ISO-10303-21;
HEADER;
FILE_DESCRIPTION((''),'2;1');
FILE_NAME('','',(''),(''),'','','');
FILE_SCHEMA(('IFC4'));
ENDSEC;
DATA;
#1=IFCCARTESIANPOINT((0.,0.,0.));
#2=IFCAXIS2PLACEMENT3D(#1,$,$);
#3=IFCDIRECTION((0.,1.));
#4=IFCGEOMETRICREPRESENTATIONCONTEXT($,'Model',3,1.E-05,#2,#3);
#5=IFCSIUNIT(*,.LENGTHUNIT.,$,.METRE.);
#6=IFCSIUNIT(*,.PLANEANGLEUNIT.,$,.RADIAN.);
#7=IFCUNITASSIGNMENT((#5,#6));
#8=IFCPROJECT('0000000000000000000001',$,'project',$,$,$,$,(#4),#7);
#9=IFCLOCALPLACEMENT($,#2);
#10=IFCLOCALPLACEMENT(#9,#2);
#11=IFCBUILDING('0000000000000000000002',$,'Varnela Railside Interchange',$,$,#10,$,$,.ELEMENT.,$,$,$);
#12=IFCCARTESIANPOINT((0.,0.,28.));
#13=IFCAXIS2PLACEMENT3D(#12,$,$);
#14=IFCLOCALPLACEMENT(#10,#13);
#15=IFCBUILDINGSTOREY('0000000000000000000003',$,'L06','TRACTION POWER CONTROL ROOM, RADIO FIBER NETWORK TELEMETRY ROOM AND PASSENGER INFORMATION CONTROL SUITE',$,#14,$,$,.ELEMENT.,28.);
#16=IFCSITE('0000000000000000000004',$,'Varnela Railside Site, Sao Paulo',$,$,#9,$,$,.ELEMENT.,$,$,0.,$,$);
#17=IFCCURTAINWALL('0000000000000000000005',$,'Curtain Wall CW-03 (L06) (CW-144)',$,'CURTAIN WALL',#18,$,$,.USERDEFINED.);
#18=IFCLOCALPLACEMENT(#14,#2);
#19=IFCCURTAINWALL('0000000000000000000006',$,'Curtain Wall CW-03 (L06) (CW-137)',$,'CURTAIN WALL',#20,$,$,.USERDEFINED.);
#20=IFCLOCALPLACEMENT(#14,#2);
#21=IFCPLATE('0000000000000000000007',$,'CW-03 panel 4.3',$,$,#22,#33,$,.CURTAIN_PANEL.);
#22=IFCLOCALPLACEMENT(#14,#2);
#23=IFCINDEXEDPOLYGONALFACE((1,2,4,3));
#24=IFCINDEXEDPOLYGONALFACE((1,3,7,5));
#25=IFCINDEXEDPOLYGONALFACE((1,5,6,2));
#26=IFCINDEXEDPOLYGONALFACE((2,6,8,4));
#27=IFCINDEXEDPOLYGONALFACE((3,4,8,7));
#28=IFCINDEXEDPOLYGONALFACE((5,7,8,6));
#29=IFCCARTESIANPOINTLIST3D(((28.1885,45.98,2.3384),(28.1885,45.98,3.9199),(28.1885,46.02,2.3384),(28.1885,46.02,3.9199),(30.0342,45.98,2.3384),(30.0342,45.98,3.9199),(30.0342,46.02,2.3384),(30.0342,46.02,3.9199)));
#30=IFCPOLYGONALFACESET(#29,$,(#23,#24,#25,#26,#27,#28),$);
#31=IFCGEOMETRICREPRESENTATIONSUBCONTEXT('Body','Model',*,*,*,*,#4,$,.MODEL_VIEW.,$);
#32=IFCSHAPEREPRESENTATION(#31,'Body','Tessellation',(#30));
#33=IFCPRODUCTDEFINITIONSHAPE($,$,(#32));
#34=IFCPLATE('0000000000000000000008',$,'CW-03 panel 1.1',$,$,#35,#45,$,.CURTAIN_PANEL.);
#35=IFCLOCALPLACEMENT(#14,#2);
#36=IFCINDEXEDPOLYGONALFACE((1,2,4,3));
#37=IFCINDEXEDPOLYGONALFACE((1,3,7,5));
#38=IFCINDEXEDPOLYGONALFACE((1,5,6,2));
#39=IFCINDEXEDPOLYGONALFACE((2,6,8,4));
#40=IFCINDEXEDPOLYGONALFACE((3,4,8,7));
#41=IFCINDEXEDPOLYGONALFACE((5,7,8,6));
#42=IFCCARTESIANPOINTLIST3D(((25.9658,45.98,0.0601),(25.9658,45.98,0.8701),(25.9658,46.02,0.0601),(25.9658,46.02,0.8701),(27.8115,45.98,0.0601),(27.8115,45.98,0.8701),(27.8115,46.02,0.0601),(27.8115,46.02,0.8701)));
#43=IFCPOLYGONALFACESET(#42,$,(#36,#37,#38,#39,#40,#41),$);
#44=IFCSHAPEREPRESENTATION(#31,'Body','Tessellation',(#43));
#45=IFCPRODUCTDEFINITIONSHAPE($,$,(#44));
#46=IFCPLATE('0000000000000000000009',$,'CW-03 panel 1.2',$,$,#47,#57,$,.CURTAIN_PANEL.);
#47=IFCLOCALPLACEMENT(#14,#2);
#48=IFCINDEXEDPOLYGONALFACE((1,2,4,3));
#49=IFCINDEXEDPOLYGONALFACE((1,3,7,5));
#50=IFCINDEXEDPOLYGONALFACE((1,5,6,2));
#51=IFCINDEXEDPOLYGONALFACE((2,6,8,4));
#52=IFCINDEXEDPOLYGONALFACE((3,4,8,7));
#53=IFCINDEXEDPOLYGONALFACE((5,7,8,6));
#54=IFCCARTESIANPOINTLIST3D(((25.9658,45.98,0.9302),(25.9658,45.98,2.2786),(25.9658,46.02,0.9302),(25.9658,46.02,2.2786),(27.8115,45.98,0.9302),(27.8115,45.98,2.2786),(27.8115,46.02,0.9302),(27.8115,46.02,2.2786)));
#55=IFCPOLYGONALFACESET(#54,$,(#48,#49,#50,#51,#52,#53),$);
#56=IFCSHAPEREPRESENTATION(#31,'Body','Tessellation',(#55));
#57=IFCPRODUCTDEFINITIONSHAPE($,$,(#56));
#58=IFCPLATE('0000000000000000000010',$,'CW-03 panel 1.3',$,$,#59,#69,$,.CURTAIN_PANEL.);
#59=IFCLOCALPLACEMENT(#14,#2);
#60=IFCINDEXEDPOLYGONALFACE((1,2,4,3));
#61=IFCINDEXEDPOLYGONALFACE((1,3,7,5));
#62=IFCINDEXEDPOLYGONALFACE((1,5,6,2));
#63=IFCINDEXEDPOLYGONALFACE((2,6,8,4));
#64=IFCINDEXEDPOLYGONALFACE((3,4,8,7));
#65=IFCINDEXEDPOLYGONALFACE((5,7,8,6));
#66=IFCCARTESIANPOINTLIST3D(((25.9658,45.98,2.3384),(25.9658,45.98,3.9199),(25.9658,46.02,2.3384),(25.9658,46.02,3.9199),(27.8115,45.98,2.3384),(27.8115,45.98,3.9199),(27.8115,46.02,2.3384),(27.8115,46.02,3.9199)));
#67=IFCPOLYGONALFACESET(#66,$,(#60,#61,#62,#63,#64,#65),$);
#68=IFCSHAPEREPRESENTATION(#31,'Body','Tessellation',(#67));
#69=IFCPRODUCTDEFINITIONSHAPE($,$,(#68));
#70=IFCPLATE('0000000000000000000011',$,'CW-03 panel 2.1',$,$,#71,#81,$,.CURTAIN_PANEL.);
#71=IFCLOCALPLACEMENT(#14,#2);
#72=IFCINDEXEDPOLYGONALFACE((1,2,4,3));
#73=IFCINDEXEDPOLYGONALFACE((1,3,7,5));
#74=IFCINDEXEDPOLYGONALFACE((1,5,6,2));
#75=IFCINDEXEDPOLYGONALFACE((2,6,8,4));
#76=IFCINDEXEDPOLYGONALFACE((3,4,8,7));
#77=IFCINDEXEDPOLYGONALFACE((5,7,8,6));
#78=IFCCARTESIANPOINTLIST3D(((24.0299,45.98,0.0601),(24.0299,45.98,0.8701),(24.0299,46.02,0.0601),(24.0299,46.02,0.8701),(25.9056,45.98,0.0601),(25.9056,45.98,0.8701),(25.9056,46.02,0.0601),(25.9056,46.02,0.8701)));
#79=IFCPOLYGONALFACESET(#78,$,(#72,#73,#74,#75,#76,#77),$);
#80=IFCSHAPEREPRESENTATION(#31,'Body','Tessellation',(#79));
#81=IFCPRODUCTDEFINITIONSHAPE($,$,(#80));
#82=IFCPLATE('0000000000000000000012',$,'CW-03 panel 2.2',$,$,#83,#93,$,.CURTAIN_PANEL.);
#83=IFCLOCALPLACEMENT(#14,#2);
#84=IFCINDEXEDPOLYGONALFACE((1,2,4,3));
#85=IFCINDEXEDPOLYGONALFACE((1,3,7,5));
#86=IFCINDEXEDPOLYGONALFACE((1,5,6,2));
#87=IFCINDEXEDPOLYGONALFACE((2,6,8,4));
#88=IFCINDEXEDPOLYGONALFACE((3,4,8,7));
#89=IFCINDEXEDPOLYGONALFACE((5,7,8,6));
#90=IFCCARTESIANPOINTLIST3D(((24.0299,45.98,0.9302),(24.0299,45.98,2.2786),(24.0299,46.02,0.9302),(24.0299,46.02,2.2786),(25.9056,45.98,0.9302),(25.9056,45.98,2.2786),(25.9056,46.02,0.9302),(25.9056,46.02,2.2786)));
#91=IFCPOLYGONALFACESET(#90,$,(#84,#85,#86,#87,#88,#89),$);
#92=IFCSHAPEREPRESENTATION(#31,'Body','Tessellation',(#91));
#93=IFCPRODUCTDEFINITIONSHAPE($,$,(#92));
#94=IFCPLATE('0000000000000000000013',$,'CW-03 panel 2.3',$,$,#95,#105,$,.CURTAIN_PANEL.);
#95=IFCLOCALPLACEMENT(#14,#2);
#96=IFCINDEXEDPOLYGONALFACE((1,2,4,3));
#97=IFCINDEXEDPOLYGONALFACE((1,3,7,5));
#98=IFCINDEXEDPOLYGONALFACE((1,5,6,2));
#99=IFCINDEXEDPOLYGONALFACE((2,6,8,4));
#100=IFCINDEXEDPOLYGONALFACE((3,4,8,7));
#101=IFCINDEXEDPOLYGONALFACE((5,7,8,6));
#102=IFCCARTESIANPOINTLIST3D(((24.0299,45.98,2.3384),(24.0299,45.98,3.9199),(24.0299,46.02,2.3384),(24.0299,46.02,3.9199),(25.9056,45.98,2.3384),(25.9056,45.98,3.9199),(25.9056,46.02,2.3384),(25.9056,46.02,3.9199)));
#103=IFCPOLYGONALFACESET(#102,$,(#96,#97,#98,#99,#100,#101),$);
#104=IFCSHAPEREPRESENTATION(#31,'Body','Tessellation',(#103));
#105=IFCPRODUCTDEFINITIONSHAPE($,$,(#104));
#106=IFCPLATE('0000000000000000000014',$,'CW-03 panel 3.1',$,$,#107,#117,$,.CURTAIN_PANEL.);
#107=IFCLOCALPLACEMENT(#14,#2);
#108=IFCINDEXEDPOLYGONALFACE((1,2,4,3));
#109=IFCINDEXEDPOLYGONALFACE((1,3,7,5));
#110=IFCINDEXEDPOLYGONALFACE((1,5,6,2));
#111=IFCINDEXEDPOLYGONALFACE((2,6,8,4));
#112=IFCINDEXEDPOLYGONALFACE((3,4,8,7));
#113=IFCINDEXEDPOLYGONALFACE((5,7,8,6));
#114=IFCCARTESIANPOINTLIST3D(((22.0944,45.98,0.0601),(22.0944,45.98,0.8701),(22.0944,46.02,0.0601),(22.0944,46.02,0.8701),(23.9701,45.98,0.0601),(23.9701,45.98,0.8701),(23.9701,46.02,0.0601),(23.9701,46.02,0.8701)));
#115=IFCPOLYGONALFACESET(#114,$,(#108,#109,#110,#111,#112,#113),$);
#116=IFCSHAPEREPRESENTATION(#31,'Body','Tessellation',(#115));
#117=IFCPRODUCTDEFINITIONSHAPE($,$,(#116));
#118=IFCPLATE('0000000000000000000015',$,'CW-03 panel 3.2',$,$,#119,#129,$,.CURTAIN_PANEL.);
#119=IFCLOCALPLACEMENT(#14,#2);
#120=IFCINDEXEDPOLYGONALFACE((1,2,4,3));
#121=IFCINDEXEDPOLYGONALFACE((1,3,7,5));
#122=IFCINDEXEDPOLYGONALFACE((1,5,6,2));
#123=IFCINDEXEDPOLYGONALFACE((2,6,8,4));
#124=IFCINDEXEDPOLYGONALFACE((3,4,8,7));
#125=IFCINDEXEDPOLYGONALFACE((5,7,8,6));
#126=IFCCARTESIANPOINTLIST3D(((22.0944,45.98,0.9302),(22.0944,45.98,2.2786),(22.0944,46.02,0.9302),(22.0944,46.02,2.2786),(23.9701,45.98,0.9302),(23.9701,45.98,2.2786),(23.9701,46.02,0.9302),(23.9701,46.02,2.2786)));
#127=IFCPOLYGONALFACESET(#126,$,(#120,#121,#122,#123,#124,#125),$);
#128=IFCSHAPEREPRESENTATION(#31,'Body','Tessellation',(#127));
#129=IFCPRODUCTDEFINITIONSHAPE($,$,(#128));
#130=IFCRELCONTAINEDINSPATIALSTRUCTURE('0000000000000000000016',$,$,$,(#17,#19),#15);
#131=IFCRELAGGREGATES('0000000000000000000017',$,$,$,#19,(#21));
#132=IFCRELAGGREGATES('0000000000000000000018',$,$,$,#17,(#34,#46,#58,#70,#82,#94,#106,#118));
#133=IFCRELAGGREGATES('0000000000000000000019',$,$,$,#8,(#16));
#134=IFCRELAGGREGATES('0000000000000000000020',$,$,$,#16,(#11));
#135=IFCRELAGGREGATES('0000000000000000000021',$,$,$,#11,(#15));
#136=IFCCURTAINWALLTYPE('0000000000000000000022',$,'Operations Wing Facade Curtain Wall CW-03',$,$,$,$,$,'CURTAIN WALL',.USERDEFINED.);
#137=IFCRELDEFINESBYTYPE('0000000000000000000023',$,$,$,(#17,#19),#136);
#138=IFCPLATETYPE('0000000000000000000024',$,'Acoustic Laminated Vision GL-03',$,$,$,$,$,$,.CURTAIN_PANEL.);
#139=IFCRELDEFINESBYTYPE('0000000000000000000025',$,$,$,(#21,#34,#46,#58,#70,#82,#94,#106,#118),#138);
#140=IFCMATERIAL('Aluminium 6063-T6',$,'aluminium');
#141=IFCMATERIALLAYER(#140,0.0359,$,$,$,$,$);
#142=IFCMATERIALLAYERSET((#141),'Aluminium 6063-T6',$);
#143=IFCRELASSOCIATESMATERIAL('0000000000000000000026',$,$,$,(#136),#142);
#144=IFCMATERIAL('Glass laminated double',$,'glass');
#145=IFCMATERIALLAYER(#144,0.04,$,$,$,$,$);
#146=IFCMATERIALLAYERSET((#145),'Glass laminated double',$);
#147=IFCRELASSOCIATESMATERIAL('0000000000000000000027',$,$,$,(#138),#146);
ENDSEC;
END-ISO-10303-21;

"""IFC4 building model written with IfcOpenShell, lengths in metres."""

from ifc_helpers import new_model, si_unit, direction, frame, origin, origin_2d, place, context, subcontext, project, spatial, rectangle, extrude, material, layer, layer_set, type_object, element, aggregate, save


model = new_model("IFC4")

# Units and contexts
model_context = context("Model", 3, precision=1e-05, world=origin(), true_north=direction((0.0, 1.0)))
body_context = subcontext(model_context, "Body", "Model", "MODEL_VIEW")
ifc_project = project(units=[si_unit("LENGTHUNIT", "METRE"), si_unit("PLANEANGLEUNIT", "RADIAN")], contexts=[model_context])

# Site, building, storey
site_placement = place(None, origin())
site = spatial("IfcSite", under=ifc_project, at=site_placement, Name="Varnela Railside Site, Sao Paulo", CompositionType="ELEMENT", RefElevation=0.0)
building_placement = place(site_placement, origin())
building = spatial("IfcBuilding", under=site, at=building_placement, Name="Varnela Railside Interchange", CompositionType="ELEMENT")
storey_placement = place(building_placement, frame((0.0, 0.0, 28.0)))
storey = spatial("IfcBuildingStorey", under=building, at=storey_placement, Name="L06", Description="TRACTION POWER CONTROL ROOM, RADIO FIBER NETWORK TELEMETRY ROOM AND PASSENGER INFORMATION CONTROL SUITE", CompositionType="ELEMENT", Elevation=28.0)

# Curtain walls
ifc_material_1 = material(Name="Aluminium 6063-T6", Category="aluminium")
ifc_layer_1 = layer(ifc_material_1, 0.0359)
ifc_layer_set_1 = layer_set([ifc_layer_1], Name="Aluminium 6063-T6")
curtain_wall_type = type_object("IfcCurtainWallType", Name="Operations Wing Facade Curtain Wall CW-03", ElementType="CURTAIN WALL", PredefinedType="USERDEFINED", material=ifc_layer_set_1)
curtain_wall_1_placement = place(storey_placement, origin())
curtain_wall_1 = element("IfcCurtainWall", 1, at=curtain_wall_1_placement, inside=storey, type_object=curtain_wall_type, Name="Curtain Wall CW-03 (L06) (CW-144)", ObjectType="CURTAIN WALL", PredefinedType="USERDEFINED")
curtain_wall_2_placement = place(storey_placement, origin())
curtain_wall_2 = element("IfcCurtainWall", 2, at=curtain_wall_2_placement, inside=storey, type_object=curtain_wall_type, Name="Curtain Wall CW-03 (L06) (CW-137)", ObjectType="CURTAIN WALL", PredefinedType="USERDEFINED")

# Plates
ifc_material_2 = material(Name="Glass laminated double", Category="glass")
ifc_layer_2 = layer(ifc_material_2, 0.04)
ifc_layer_set_2 = layer_set([ifc_layer_2], Name="Glass laminated double")
plate_type = type_object("IfcPlateType", Name="Acoustic Laminated Vision GL-03", PredefinedType="CURTAIN_PANEL", material=ifc_layer_set_2)
plate_1_placement = place(storey_placement, frame((29.1113, 46.0, 2.3384), z_axis=(0.0, 0.0, 1.0), x_axis=(-1.0, 0.0, 0.0)))
plate_1 = element("IfcPlate", 3, at=plate_1_placement, type_object=plate_type, Name="CW-03 panel 4.3", PredefinedType="CURTAIN_PANEL", context=body_context, shape_type="SweptSolid", body=[
    extrude(rectangle(XDim=1.8457, YDim=0.04, at=origin_2d()), origin(), (0.0, 0.0, 1.0), 1.5815),
])
aggregate(curtain_wall_2, [plate_1])
plate_2_placement = place(storey_placement, frame((26.8887, 46.0, 0.0601), z_axis=(0.0, 0.0, 1.0), x_axis=(-1.0, 0.0, 0.0)))
plate_2 = element("IfcPlate", 4, at=plate_2_placement, type_object=plate_type, Name="CW-03 panel 1.1", PredefinedType="CURTAIN_PANEL", context=body_context, shape_type="SweptSolid", body=[
    extrude(rectangle(XDim=1.8457, YDim=0.04, at=origin_2d()), origin(), (0.0, 0.0, 1.0), 0.8101),
])
plate_3_placement = place(storey_placement, frame((26.8887, 46.0, 0.9302), z_axis=(0.0, 0.0, 1.0), x_axis=(-1.0, 0.0, 0.0)))
plate_3 = element("IfcPlate", 5, at=plate_3_placement, type_object=plate_type, Name="CW-03 panel 1.2", PredefinedType="CURTAIN_PANEL", context=body_context, shape_type="SweptSolid", body=[
    extrude(rectangle(XDim=1.8457, YDim=0.04, at=origin_2d()), origin(), (0.0, 0.0, 1.0), 1.3484),
])
plate_4_placement = place(storey_placement, frame((26.8887, 46.0, 2.3384), z_axis=(0.0, 0.0, 1.0), x_axis=(-1.0, 0.0, 0.0)))
plate_4 = element("IfcPlate", 6, at=plate_4_placement, type_object=plate_type, Name="CW-03 panel 1.3", PredefinedType="CURTAIN_PANEL", context=body_context, shape_type="SweptSolid", body=[
    extrude(rectangle(XDim=1.8457, YDim=0.04, at=origin_2d()), origin(), (0.0, 0.0, 1.0), 1.5815),
])
plate_5_placement = place(storey_placement, frame((24.9678, 46.0, 0.0601), z_axis=(0.0, 0.0, 1.0), x_axis=(-1.0, 0.0, 0.0)))
plate_5 = element("IfcPlate", 7, at=plate_5_placement, type_object=plate_type, Name="CW-03 panel 2.1", PredefinedType="CURTAIN_PANEL", context=body_context, shape_type="SweptSolid", body=[
    extrude(rectangle(XDim=1.8757, YDim=0.04, at=origin_2d()), origin(), (0.0, 0.0, 1.0), 0.8101),
])
plate_6_placement = place(storey_placement, frame((24.9678, 46.0, 0.9302), z_axis=(0.0, 0.0, 1.0), x_axis=(-1.0, 0.0, 0.0)))
plate_6 = element("IfcPlate", 8, at=plate_6_placement, type_object=plate_type, Name="CW-03 panel 2.2", PredefinedType="CURTAIN_PANEL", context=body_context, shape_type="SweptSolid", body=[
    extrude(rectangle(XDim=1.8757, YDim=0.04, at=origin_2d()), origin(), (0.0, 0.0, 1.0), 1.3484),
])
plate_7_placement = place(storey_placement, frame((24.9678, 46.0, 2.3384), z_axis=(0.0, 0.0, 1.0), x_axis=(-1.0, 0.0, 0.0)))
plate_7 = element("IfcPlate", 9, at=plate_7_placement, type_object=plate_type, Name="CW-03 panel 2.3", PredefinedType="CURTAIN_PANEL", context=body_context, shape_type="SweptSolid", body=[
    extrude(rectangle(XDim=1.8757, YDim=0.04, at=origin_2d()), origin(), (0.0, 0.0, 1.0), 1.5815),
])
plate_8_placement = place(storey_placement, frame((23.0322, 46.0, 0.0601), z_axis=(0.0, 0.0, 1.0), x_axis=(-1.0, 0.0, 0.0)))
plate_8 = element("IfcPlate", 10, at=plate_8_placement, type_object=plate_type, Name="CW-03 panel 3.1", PredefinedType="CURTAIN_PANEL", context=body_context, shape_type="SweptSolid", body=[
    extrude(rectangle(XDim=1.8757, YDim=0.04, at=origin_2d()), origin(), (0.0, 0.0, 1.0), 0.8101),
])
plate_9_placement = place(storey_placement, frame((23.0322, 46.0, 0.9302), z_axis=(0.0, 0.0, 1.0), x_axis=(-1.0, 0.0, 0.0)))
plate_9 = element("IfcPlate", 11, at=plate_9_placement, type_object=plate_type, Name="CW-03 panel 3.2", PredefinedType="CURTAIN_PANEL", context=body_context, shape_type="SweptSolid", body=[
    extrude(rectangle(XDim=1.8757, YDim=0.04, at=origin_2d()), origin(), (0.0, 0.0, 1.0), 1.3484),
])
aggregate(curtain_wall_1, [plate_2, plate_3, plate_4, plate_5, plate_6, plate_7, plate_8, plate_9])

save(model, "model.ifc")
